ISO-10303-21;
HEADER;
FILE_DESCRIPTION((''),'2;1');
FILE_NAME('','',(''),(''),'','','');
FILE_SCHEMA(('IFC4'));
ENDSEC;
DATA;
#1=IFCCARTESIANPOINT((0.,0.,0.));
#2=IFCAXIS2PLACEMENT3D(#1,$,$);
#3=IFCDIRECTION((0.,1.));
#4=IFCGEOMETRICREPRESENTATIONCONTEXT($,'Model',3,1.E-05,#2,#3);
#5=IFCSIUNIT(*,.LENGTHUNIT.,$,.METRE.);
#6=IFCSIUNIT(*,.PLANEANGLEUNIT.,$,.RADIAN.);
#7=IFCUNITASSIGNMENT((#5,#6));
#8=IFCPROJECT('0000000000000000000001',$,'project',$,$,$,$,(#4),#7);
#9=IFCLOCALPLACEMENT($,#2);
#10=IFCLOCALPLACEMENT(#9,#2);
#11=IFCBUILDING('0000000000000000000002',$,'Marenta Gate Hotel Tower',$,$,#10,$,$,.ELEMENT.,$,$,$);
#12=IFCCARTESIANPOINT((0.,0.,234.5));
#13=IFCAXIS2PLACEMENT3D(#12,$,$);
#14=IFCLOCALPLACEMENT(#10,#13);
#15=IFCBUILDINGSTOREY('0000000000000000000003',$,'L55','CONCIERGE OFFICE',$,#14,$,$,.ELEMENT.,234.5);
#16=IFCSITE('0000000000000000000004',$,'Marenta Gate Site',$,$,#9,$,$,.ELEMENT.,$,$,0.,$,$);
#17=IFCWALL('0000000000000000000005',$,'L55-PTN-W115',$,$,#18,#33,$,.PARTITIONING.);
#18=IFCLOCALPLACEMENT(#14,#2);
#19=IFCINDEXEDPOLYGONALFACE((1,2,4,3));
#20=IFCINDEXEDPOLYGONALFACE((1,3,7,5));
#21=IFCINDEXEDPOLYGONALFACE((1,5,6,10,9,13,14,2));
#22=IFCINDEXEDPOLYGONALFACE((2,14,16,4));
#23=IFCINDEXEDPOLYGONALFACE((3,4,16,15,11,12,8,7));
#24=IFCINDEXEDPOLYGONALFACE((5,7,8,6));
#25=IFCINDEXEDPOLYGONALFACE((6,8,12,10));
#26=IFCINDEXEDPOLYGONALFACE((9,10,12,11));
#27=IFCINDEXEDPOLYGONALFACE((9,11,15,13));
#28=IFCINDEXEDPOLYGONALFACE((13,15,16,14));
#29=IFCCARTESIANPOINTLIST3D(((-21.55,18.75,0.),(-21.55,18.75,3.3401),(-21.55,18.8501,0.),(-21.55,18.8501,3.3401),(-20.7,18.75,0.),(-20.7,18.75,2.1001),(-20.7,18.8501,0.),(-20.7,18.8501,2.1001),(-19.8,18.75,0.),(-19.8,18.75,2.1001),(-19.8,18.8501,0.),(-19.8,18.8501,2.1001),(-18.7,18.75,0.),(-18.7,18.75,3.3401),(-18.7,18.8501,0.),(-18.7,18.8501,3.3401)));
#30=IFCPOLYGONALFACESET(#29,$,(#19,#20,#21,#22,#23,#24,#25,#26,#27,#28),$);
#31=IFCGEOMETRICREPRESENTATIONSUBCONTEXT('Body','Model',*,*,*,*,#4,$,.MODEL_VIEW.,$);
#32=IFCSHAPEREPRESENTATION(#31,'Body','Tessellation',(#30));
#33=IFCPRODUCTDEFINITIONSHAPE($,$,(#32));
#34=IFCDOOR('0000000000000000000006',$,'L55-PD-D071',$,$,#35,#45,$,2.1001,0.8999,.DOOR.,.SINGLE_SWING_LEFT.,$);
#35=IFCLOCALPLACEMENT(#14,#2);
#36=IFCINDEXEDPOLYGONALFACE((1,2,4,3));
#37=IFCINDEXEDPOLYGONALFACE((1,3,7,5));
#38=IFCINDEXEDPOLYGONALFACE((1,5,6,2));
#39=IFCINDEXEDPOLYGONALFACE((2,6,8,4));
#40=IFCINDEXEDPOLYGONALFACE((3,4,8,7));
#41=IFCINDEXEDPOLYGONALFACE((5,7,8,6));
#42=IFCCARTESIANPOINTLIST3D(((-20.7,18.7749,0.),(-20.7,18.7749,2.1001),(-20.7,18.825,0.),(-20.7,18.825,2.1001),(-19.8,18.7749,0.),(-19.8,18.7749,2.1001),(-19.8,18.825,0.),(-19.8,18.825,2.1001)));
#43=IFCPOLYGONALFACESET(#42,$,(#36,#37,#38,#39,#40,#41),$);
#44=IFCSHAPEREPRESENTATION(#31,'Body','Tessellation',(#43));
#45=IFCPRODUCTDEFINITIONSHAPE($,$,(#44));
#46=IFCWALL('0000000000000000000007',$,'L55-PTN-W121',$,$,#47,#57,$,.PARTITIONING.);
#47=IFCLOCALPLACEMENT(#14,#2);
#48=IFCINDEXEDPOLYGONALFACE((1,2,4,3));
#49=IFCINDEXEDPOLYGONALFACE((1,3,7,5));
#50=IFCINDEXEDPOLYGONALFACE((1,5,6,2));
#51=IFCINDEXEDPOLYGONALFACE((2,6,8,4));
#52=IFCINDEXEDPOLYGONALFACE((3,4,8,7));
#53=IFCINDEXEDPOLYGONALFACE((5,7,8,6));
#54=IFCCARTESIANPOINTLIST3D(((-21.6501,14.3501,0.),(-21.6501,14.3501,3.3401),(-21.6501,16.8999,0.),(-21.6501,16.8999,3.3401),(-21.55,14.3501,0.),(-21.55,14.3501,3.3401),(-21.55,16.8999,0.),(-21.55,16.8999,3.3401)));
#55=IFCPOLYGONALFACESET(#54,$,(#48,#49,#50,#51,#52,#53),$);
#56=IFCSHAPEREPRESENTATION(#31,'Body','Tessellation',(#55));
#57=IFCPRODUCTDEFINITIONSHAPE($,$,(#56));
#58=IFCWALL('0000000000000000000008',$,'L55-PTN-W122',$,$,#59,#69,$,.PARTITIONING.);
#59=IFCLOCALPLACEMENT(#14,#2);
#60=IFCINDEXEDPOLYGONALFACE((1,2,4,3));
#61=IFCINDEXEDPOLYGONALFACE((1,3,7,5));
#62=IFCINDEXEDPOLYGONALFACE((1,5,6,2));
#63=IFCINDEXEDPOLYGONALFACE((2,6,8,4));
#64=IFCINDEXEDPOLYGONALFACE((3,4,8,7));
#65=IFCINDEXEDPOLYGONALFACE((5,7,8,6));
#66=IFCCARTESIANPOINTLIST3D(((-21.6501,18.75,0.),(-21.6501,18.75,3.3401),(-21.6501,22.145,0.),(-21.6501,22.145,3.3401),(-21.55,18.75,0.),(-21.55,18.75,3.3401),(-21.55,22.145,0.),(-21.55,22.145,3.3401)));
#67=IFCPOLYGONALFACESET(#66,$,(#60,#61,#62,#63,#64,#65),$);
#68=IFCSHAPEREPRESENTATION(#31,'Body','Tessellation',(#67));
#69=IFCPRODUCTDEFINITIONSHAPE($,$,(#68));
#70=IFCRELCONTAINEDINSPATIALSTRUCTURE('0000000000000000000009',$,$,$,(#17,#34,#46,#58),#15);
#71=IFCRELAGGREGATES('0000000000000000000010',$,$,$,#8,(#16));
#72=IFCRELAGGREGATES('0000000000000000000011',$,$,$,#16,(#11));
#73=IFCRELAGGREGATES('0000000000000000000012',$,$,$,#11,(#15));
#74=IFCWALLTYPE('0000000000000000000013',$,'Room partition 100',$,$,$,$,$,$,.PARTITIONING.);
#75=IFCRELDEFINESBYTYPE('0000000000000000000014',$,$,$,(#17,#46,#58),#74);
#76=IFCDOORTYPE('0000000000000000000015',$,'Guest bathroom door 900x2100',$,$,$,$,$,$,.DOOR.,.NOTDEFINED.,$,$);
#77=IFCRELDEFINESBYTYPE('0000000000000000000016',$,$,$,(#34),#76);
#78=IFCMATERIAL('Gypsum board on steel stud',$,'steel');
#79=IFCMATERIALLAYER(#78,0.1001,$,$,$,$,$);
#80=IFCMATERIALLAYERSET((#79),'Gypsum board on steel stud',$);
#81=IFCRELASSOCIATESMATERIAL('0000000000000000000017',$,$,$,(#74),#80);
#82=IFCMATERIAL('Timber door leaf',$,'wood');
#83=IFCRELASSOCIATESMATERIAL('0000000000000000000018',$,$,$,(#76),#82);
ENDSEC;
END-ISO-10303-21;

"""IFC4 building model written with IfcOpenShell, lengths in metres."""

from ifc_helpers import new_model, si_unit, direction, frame, frame_2d, origin, place, context, subcontext, project, spatial, rectangle, extrude, material, layer, layer_set, type_object, element, fill, save


model = new_model("IFC4")

# Units and contexts
model_context = context("Model", 3, precision=1e-05, world=origin(), true_north=direction((0.0, 1.0)))
body_context = subcontext(model_context, "Body", "Model", "MODEL_VIEW")
ifc_project = project(units=[si_unit("LENGTHUNIT", "METRE"), si_unit("PLANEANGLEUNIT", "RADIAN")], contexts=[model_context])

# Site, building, storey
site_placement = place(None, origin())
site = spatial("IfcSite", under=ifc_project, at=site_placement, Name="Marenta Gate Site", CompositionType="ELEMENT", RefElevation=0.0)
building_placement = place(site_placement, origin())
building = spatial("IfcBuilding", under=site, at=building_placement, Name="Marenta Gate Hotel Tower", CompositionType="ELEMENT")
storey_placement = place(building_placement, frame((0.0, 0.0, 234.5)))
storey = spatial("IfcBuildingStorey", under=building, at=storey_placement, Name="L55", Description="CONCIERGE OFFICE", CompositionType="ELEMENT", Elevation=234.5)

# Shared definitions
ifc_material_1 = material(Name="Gypsum board on steel stud", Category="steel")
ifc_layer_1 = layer(ifc_material_1, 0.1001)
ifc_layer_set_1 = layer_set([ifc_layer_1], Name="Gypsum board on steel stud")
wall_type_1 = type_object("IfcWallType", Name="Room partition 100", PredefinedType="PARTITIONING", material=ifc_layer_set_1)

# Wall, opening, door
ifc_material_2 = material(Name="Timber door leaf", Category="wood")
door_type_1 = type_object("IfcDoorType", Name="Guest bathroom door 900x2100", OperationType="NOTDEFINED", PredefinedType="DOOR", material=ifc_material_2)
wall_1_placement = place(storey_placement, frame((-21.55, 18.8, 0.0), z_axis=(0.0, 0.0, 1.0), x_axis=(1.0, 0.0, 0.0)))
wall_1 = element("IfcWall", 1, at=wall_1_placement, inside=storey, type_object=wall_type_1, Name="L55-PTN-W115", PredefinedType="PARTITIONING", context=body_context, shape_type="SweptSolid", body=[
    extrude(rectangle(XDim=2.8501, YDim=0.1001, at=frame_2d((1.425, 0.0))), origin(), (0.0, 0.0, 1.0), 3.3401),
])
opening_1_placement = place(wall_1_placement, frame((0.8501, 0.0, 0.0)))
opening_1 = element("IfcOpeningElement", 2, at=opening_1_placement, cuts=wall_1, PredefinedType="OPENING", context=body_context, shape_type="SweptSolid", body=[
    extrude(rectangle(XDim=0.8999, YDim=2.1001, at=frame_2d((0.45, 1.05))), frame((0.0, 0.05, 0.0), z_axis=(0.0, -1.0, 0.0), x_axis=(1.0, 0.0, 0.0)), (0.0, 0.0, 1.0), 0.1001),
])
door_1_placement = place(opening_1_placement, origin())
door_1 = element("IfcDoor", 3, at=door_1_placement, inside=storey, type_object=door_type_1, Name="L55-PD-D071", OperationType="SINGLE_SWING_LEFT", OverallHeight=2.1001, OverallWidth=0.8999, PredefinedType="DOOR", context=body_context, shape_type="SweptSolid", body=[
    extrude(rectangle(XDim=0.8999, YDim=2.1001, at=frame_2d((0.45, 1.05))), frame((0.0, 0.0249, 0.0), z_axis=(0.0, -1.0, 0.0), x_axis=(1.0, 0.0, 0.0)), (0.0, 0.0, 1.0), 0.05),
])
fill(opening_1, door_1)

# Walls
wall_2_placement = place(storey_placement, frame((-21.6001, 14.3501, 0.0), z_axis=(0.0, 0.0, 1.0), x_axis=(0.0, 1.0, 0.0)))
element("IfcWall", 4, at=wall_2_placement, inside=storey, type_object=wall_type_1, Name="L55-PTN-W121", PredefinedType="PARTITIONING", context=body_context, shape_type="SweptSolid", body=[
    extrude(rectangle(XDim=2.5498, YDim=0.1001, at=frame_2d((1.2749, 0.0))), origin(), (0.0, 0.0, 1.0), 3.3401),
])
wall_3_placement = place(storey_placement, frame((-21.6001, 18.75, 0.0), z_axis=(0.0, 0.0, 1.0), x_axis=(0.0, 1.0, 0.0)))
element("IfcWall", 5, at=wall_3_placement, inside=storey, type_object=wall_type_1, Name="L55-PTN-W122", PredefinedType="PARTITIONING", context=body_context, shape_type="SweptSolid", body=[
    extrude(rectangle(XDim=3.395, YDim=0.1001, at=frame_2d((1.6975, 0.0))), origin(), (0.0, 0.0, 1.0), 3.3401),
])

save(model, "model.ifc")
